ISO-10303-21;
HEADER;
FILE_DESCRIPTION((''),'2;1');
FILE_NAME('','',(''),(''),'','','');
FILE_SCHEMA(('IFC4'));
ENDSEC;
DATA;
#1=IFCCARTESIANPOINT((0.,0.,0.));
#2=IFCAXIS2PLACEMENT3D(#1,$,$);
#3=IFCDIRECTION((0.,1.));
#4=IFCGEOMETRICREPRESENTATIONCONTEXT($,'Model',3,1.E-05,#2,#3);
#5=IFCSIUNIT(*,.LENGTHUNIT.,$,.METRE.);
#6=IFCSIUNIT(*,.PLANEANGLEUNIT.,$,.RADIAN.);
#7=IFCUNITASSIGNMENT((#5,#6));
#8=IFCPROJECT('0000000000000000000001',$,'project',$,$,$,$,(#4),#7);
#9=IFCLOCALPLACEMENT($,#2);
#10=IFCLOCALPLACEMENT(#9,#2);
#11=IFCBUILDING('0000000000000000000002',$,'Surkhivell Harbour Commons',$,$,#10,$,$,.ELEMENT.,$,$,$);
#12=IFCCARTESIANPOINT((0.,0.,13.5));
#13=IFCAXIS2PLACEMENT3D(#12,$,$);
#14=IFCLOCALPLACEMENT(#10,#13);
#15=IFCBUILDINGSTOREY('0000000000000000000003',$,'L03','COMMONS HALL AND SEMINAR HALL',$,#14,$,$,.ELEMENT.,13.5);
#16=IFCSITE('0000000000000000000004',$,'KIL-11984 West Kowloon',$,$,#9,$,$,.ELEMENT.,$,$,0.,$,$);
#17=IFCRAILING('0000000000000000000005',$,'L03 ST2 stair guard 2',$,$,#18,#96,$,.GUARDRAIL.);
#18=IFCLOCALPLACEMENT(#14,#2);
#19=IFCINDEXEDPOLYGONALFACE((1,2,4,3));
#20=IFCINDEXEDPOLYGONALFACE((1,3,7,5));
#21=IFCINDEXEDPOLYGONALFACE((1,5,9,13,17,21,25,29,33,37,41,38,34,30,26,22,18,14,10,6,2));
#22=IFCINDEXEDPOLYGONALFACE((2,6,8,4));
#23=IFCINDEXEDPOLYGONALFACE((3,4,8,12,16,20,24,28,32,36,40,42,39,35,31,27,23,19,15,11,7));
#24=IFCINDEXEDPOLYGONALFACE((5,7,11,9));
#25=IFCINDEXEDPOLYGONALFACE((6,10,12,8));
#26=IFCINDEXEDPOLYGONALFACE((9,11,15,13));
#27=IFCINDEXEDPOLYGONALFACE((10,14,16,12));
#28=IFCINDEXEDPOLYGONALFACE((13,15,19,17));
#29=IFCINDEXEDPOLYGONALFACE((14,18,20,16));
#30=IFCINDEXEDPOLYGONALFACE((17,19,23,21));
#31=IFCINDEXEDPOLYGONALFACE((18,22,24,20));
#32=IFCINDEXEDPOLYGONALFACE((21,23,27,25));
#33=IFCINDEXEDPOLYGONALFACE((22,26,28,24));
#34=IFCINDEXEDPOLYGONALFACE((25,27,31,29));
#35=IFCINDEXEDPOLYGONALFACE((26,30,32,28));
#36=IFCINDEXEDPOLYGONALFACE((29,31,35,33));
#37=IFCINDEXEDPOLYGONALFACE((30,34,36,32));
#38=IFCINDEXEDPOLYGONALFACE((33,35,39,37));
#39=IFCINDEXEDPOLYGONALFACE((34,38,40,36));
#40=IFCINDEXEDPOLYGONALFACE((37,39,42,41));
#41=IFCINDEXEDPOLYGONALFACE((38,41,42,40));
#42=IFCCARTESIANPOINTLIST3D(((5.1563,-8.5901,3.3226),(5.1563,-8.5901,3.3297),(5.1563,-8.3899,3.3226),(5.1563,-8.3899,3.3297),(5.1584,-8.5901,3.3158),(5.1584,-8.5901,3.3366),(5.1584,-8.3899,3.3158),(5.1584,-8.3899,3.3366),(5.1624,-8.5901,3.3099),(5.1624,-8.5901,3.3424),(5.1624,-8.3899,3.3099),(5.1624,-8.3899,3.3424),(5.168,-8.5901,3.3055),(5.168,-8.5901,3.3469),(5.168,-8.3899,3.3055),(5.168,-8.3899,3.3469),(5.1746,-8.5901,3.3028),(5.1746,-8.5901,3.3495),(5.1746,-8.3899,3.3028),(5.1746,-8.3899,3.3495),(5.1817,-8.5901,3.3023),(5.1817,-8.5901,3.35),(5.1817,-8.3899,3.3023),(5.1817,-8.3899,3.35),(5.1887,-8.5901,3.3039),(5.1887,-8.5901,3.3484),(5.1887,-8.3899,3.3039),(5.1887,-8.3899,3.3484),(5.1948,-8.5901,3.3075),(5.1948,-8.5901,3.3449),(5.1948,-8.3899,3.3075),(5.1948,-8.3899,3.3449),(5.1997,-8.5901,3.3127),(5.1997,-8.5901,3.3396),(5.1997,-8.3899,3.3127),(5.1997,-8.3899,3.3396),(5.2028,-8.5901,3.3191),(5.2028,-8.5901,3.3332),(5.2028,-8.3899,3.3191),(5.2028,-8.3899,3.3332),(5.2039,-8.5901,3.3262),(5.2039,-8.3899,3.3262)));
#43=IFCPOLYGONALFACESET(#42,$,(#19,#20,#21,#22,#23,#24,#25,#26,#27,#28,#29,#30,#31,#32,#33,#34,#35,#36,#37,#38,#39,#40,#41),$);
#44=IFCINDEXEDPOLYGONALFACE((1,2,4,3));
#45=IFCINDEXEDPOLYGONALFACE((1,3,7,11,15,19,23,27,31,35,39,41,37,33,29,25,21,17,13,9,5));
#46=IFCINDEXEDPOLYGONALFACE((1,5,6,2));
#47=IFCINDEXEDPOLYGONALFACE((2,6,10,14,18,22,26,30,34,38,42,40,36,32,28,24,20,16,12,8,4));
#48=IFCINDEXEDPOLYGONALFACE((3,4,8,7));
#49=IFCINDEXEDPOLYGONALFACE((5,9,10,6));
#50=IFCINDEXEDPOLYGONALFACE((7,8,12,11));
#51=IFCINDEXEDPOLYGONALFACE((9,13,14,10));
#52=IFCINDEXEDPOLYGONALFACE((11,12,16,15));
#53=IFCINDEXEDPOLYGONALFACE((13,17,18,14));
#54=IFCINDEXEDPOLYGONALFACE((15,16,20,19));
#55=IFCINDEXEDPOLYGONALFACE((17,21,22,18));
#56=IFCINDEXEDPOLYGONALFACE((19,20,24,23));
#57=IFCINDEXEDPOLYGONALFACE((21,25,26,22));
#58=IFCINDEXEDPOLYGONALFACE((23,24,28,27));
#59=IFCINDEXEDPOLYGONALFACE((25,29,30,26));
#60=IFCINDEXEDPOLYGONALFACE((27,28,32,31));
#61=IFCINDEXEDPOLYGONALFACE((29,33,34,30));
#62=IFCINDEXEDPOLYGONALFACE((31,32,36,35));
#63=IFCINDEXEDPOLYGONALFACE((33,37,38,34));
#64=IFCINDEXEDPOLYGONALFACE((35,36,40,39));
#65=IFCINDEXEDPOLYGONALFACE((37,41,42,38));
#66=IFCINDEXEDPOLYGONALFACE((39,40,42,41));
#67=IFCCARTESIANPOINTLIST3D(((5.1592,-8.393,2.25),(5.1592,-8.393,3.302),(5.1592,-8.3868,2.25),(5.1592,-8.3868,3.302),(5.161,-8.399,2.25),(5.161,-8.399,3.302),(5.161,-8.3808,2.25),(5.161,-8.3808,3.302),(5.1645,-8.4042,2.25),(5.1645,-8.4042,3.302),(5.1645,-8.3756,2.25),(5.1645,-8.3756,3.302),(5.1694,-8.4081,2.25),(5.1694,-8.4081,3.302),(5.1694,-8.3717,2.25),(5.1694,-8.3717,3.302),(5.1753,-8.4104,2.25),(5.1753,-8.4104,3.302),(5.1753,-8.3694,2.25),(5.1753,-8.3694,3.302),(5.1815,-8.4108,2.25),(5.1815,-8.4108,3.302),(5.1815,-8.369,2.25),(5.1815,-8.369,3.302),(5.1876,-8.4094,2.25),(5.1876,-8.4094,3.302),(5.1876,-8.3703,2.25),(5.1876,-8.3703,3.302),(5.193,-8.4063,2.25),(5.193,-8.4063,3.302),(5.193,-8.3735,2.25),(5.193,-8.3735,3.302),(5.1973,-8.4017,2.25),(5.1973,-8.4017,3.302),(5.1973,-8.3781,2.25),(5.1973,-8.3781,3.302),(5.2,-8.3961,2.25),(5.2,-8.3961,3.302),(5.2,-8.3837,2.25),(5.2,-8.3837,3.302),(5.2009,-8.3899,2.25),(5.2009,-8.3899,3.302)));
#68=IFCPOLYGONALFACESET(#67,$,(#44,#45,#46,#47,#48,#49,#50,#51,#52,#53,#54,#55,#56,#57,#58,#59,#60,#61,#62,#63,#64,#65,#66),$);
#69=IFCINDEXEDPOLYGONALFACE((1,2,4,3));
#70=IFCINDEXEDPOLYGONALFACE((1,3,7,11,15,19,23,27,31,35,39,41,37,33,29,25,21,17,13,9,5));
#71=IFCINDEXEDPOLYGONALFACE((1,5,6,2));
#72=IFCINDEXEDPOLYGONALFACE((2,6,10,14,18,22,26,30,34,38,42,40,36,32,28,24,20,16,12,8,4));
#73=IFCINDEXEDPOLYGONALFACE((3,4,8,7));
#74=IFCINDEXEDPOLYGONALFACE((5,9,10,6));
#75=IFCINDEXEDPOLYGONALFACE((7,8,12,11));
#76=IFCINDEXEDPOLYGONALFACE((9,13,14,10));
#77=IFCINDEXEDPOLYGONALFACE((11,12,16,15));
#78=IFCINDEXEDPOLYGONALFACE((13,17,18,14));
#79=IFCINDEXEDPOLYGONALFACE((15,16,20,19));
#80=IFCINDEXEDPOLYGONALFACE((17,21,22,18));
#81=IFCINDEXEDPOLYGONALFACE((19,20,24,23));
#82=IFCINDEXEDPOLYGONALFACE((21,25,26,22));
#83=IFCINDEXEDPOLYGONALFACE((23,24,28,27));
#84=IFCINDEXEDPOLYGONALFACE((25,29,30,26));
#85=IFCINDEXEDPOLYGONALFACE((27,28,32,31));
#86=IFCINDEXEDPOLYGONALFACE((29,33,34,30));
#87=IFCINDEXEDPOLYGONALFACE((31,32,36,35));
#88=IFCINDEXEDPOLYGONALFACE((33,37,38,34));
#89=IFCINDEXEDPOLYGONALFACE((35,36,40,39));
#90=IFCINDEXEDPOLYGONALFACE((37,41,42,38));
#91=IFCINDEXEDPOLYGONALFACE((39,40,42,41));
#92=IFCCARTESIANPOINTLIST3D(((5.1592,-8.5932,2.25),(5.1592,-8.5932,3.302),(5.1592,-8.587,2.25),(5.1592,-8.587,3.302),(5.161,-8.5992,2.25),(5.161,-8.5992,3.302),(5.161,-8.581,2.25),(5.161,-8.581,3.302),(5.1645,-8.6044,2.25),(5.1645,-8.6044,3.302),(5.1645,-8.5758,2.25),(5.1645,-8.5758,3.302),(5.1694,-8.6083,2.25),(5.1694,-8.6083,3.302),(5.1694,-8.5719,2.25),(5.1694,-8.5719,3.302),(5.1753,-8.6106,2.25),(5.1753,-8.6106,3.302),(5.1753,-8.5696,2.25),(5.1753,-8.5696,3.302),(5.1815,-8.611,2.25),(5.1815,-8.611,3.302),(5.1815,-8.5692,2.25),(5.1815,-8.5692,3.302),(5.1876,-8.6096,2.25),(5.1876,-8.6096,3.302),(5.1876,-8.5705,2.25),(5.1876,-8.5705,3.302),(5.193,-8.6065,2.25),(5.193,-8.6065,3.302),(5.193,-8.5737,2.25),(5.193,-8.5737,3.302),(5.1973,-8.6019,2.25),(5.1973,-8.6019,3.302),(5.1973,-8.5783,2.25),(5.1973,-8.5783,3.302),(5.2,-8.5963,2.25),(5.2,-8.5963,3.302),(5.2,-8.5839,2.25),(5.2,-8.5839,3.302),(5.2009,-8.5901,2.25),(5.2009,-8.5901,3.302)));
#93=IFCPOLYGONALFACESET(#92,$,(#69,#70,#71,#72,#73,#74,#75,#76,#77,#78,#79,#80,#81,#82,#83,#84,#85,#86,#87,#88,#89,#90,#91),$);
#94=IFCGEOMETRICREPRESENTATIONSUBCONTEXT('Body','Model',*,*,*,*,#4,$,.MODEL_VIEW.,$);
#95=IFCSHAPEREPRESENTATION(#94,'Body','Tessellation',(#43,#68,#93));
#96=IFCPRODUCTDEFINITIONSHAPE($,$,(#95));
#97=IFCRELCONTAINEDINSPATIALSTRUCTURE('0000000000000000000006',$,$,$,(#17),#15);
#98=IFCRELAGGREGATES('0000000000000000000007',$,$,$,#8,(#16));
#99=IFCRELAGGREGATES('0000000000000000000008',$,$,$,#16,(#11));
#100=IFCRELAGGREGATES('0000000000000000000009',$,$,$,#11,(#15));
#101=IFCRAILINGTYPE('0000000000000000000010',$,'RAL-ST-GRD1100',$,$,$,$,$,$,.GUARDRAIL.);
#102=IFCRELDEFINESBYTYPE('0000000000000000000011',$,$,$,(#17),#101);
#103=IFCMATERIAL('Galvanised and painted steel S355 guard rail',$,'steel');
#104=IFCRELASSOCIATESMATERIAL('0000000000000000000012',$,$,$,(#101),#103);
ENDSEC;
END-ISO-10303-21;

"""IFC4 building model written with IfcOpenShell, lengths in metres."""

from ifc_helpers import new_model, si_unit, direction, frame, origin, origin_2d, place, context, subcontext, project, spatial, circle, extrude, material, type_object, element, save


model = new_model("IFC4")

# Units and contexts
model_context = context("Model", 3, precision=1e-05, world=origin(), true_north=direction((0.0, 1.0)))
body_context = subcontext(model_context, "Body", "Model", "MODEL_VIEW")
ifc_project = project(units=[si_unit("LENGTHUNIT", "METRE"), si_unit("PLANEANGLEUNIT", "RADIAN")], contexts=[model_context])

# Site, building, storey
site_placement = place(None, origin())
site = spatial("IfcSite", under=ifc_project, at=site_placement, Name="KIL-11984 West Kowloon", CompositionType="ELEMENT", RefElevation=0.0)
building_placement = place(site_placement, origin())
building = spatial("IfcBuilding", under=site, at=building_placement, Name="Surkhivell Harbour Commons", CompositionType="ELEMENT")
storey_placement = place(building_placement, frame((0.0, 0.0, 13.5)))
storey = spatial("IfcBuildingStorey", under=building, at=storey_placement, Name="L03", Description="COMMONS HALL AND SEMINAR HALL", CompositionType="ELEMENT", Elevation=13.5)

# Railing
ifc_material_1 = material(Name="Galvanised and painted steel S355 guard rail", Category="steel")
railing_type_1 = type_object("IfcRailingType", Name="RAL-ST-GRD1100", PredefinedType="GUARDRAIL", material=ifc_material_1)
railing_1_placement = place(storey_placement, frame((5.1799, -8.3899, 2.25)))
element("IfcRailing", 1, at=railing_1_placement, inside=storey, type_object=railing_type_1, Name="L03 ST2 stair guard 2", PredefinedType="GUARDRAIL", context=body_context, shape_type="SweptSolid", body=[
    extrude(circle(Radius=0.0239, at=origin_2d()), frame((0.0, 0.0, 1.0762), z_axis=(0.0, -1.0, 0.0), x_axis=(1.0, 0.0, 0.0)), (0.0, 0.0, 1.0), 0.2002),
    extrude(circle(Radius=0.021, at=origin_2d()), origin(), (0.0, 0.0, 1.0), 1.052),
    extrude(circle(Radius=0.021, at=origin_2d()), frame((0.0, -0.2002, 0.0)), (0.0, 0.0, 1.0), 1.052),
])

save(model, "model.ifc")
